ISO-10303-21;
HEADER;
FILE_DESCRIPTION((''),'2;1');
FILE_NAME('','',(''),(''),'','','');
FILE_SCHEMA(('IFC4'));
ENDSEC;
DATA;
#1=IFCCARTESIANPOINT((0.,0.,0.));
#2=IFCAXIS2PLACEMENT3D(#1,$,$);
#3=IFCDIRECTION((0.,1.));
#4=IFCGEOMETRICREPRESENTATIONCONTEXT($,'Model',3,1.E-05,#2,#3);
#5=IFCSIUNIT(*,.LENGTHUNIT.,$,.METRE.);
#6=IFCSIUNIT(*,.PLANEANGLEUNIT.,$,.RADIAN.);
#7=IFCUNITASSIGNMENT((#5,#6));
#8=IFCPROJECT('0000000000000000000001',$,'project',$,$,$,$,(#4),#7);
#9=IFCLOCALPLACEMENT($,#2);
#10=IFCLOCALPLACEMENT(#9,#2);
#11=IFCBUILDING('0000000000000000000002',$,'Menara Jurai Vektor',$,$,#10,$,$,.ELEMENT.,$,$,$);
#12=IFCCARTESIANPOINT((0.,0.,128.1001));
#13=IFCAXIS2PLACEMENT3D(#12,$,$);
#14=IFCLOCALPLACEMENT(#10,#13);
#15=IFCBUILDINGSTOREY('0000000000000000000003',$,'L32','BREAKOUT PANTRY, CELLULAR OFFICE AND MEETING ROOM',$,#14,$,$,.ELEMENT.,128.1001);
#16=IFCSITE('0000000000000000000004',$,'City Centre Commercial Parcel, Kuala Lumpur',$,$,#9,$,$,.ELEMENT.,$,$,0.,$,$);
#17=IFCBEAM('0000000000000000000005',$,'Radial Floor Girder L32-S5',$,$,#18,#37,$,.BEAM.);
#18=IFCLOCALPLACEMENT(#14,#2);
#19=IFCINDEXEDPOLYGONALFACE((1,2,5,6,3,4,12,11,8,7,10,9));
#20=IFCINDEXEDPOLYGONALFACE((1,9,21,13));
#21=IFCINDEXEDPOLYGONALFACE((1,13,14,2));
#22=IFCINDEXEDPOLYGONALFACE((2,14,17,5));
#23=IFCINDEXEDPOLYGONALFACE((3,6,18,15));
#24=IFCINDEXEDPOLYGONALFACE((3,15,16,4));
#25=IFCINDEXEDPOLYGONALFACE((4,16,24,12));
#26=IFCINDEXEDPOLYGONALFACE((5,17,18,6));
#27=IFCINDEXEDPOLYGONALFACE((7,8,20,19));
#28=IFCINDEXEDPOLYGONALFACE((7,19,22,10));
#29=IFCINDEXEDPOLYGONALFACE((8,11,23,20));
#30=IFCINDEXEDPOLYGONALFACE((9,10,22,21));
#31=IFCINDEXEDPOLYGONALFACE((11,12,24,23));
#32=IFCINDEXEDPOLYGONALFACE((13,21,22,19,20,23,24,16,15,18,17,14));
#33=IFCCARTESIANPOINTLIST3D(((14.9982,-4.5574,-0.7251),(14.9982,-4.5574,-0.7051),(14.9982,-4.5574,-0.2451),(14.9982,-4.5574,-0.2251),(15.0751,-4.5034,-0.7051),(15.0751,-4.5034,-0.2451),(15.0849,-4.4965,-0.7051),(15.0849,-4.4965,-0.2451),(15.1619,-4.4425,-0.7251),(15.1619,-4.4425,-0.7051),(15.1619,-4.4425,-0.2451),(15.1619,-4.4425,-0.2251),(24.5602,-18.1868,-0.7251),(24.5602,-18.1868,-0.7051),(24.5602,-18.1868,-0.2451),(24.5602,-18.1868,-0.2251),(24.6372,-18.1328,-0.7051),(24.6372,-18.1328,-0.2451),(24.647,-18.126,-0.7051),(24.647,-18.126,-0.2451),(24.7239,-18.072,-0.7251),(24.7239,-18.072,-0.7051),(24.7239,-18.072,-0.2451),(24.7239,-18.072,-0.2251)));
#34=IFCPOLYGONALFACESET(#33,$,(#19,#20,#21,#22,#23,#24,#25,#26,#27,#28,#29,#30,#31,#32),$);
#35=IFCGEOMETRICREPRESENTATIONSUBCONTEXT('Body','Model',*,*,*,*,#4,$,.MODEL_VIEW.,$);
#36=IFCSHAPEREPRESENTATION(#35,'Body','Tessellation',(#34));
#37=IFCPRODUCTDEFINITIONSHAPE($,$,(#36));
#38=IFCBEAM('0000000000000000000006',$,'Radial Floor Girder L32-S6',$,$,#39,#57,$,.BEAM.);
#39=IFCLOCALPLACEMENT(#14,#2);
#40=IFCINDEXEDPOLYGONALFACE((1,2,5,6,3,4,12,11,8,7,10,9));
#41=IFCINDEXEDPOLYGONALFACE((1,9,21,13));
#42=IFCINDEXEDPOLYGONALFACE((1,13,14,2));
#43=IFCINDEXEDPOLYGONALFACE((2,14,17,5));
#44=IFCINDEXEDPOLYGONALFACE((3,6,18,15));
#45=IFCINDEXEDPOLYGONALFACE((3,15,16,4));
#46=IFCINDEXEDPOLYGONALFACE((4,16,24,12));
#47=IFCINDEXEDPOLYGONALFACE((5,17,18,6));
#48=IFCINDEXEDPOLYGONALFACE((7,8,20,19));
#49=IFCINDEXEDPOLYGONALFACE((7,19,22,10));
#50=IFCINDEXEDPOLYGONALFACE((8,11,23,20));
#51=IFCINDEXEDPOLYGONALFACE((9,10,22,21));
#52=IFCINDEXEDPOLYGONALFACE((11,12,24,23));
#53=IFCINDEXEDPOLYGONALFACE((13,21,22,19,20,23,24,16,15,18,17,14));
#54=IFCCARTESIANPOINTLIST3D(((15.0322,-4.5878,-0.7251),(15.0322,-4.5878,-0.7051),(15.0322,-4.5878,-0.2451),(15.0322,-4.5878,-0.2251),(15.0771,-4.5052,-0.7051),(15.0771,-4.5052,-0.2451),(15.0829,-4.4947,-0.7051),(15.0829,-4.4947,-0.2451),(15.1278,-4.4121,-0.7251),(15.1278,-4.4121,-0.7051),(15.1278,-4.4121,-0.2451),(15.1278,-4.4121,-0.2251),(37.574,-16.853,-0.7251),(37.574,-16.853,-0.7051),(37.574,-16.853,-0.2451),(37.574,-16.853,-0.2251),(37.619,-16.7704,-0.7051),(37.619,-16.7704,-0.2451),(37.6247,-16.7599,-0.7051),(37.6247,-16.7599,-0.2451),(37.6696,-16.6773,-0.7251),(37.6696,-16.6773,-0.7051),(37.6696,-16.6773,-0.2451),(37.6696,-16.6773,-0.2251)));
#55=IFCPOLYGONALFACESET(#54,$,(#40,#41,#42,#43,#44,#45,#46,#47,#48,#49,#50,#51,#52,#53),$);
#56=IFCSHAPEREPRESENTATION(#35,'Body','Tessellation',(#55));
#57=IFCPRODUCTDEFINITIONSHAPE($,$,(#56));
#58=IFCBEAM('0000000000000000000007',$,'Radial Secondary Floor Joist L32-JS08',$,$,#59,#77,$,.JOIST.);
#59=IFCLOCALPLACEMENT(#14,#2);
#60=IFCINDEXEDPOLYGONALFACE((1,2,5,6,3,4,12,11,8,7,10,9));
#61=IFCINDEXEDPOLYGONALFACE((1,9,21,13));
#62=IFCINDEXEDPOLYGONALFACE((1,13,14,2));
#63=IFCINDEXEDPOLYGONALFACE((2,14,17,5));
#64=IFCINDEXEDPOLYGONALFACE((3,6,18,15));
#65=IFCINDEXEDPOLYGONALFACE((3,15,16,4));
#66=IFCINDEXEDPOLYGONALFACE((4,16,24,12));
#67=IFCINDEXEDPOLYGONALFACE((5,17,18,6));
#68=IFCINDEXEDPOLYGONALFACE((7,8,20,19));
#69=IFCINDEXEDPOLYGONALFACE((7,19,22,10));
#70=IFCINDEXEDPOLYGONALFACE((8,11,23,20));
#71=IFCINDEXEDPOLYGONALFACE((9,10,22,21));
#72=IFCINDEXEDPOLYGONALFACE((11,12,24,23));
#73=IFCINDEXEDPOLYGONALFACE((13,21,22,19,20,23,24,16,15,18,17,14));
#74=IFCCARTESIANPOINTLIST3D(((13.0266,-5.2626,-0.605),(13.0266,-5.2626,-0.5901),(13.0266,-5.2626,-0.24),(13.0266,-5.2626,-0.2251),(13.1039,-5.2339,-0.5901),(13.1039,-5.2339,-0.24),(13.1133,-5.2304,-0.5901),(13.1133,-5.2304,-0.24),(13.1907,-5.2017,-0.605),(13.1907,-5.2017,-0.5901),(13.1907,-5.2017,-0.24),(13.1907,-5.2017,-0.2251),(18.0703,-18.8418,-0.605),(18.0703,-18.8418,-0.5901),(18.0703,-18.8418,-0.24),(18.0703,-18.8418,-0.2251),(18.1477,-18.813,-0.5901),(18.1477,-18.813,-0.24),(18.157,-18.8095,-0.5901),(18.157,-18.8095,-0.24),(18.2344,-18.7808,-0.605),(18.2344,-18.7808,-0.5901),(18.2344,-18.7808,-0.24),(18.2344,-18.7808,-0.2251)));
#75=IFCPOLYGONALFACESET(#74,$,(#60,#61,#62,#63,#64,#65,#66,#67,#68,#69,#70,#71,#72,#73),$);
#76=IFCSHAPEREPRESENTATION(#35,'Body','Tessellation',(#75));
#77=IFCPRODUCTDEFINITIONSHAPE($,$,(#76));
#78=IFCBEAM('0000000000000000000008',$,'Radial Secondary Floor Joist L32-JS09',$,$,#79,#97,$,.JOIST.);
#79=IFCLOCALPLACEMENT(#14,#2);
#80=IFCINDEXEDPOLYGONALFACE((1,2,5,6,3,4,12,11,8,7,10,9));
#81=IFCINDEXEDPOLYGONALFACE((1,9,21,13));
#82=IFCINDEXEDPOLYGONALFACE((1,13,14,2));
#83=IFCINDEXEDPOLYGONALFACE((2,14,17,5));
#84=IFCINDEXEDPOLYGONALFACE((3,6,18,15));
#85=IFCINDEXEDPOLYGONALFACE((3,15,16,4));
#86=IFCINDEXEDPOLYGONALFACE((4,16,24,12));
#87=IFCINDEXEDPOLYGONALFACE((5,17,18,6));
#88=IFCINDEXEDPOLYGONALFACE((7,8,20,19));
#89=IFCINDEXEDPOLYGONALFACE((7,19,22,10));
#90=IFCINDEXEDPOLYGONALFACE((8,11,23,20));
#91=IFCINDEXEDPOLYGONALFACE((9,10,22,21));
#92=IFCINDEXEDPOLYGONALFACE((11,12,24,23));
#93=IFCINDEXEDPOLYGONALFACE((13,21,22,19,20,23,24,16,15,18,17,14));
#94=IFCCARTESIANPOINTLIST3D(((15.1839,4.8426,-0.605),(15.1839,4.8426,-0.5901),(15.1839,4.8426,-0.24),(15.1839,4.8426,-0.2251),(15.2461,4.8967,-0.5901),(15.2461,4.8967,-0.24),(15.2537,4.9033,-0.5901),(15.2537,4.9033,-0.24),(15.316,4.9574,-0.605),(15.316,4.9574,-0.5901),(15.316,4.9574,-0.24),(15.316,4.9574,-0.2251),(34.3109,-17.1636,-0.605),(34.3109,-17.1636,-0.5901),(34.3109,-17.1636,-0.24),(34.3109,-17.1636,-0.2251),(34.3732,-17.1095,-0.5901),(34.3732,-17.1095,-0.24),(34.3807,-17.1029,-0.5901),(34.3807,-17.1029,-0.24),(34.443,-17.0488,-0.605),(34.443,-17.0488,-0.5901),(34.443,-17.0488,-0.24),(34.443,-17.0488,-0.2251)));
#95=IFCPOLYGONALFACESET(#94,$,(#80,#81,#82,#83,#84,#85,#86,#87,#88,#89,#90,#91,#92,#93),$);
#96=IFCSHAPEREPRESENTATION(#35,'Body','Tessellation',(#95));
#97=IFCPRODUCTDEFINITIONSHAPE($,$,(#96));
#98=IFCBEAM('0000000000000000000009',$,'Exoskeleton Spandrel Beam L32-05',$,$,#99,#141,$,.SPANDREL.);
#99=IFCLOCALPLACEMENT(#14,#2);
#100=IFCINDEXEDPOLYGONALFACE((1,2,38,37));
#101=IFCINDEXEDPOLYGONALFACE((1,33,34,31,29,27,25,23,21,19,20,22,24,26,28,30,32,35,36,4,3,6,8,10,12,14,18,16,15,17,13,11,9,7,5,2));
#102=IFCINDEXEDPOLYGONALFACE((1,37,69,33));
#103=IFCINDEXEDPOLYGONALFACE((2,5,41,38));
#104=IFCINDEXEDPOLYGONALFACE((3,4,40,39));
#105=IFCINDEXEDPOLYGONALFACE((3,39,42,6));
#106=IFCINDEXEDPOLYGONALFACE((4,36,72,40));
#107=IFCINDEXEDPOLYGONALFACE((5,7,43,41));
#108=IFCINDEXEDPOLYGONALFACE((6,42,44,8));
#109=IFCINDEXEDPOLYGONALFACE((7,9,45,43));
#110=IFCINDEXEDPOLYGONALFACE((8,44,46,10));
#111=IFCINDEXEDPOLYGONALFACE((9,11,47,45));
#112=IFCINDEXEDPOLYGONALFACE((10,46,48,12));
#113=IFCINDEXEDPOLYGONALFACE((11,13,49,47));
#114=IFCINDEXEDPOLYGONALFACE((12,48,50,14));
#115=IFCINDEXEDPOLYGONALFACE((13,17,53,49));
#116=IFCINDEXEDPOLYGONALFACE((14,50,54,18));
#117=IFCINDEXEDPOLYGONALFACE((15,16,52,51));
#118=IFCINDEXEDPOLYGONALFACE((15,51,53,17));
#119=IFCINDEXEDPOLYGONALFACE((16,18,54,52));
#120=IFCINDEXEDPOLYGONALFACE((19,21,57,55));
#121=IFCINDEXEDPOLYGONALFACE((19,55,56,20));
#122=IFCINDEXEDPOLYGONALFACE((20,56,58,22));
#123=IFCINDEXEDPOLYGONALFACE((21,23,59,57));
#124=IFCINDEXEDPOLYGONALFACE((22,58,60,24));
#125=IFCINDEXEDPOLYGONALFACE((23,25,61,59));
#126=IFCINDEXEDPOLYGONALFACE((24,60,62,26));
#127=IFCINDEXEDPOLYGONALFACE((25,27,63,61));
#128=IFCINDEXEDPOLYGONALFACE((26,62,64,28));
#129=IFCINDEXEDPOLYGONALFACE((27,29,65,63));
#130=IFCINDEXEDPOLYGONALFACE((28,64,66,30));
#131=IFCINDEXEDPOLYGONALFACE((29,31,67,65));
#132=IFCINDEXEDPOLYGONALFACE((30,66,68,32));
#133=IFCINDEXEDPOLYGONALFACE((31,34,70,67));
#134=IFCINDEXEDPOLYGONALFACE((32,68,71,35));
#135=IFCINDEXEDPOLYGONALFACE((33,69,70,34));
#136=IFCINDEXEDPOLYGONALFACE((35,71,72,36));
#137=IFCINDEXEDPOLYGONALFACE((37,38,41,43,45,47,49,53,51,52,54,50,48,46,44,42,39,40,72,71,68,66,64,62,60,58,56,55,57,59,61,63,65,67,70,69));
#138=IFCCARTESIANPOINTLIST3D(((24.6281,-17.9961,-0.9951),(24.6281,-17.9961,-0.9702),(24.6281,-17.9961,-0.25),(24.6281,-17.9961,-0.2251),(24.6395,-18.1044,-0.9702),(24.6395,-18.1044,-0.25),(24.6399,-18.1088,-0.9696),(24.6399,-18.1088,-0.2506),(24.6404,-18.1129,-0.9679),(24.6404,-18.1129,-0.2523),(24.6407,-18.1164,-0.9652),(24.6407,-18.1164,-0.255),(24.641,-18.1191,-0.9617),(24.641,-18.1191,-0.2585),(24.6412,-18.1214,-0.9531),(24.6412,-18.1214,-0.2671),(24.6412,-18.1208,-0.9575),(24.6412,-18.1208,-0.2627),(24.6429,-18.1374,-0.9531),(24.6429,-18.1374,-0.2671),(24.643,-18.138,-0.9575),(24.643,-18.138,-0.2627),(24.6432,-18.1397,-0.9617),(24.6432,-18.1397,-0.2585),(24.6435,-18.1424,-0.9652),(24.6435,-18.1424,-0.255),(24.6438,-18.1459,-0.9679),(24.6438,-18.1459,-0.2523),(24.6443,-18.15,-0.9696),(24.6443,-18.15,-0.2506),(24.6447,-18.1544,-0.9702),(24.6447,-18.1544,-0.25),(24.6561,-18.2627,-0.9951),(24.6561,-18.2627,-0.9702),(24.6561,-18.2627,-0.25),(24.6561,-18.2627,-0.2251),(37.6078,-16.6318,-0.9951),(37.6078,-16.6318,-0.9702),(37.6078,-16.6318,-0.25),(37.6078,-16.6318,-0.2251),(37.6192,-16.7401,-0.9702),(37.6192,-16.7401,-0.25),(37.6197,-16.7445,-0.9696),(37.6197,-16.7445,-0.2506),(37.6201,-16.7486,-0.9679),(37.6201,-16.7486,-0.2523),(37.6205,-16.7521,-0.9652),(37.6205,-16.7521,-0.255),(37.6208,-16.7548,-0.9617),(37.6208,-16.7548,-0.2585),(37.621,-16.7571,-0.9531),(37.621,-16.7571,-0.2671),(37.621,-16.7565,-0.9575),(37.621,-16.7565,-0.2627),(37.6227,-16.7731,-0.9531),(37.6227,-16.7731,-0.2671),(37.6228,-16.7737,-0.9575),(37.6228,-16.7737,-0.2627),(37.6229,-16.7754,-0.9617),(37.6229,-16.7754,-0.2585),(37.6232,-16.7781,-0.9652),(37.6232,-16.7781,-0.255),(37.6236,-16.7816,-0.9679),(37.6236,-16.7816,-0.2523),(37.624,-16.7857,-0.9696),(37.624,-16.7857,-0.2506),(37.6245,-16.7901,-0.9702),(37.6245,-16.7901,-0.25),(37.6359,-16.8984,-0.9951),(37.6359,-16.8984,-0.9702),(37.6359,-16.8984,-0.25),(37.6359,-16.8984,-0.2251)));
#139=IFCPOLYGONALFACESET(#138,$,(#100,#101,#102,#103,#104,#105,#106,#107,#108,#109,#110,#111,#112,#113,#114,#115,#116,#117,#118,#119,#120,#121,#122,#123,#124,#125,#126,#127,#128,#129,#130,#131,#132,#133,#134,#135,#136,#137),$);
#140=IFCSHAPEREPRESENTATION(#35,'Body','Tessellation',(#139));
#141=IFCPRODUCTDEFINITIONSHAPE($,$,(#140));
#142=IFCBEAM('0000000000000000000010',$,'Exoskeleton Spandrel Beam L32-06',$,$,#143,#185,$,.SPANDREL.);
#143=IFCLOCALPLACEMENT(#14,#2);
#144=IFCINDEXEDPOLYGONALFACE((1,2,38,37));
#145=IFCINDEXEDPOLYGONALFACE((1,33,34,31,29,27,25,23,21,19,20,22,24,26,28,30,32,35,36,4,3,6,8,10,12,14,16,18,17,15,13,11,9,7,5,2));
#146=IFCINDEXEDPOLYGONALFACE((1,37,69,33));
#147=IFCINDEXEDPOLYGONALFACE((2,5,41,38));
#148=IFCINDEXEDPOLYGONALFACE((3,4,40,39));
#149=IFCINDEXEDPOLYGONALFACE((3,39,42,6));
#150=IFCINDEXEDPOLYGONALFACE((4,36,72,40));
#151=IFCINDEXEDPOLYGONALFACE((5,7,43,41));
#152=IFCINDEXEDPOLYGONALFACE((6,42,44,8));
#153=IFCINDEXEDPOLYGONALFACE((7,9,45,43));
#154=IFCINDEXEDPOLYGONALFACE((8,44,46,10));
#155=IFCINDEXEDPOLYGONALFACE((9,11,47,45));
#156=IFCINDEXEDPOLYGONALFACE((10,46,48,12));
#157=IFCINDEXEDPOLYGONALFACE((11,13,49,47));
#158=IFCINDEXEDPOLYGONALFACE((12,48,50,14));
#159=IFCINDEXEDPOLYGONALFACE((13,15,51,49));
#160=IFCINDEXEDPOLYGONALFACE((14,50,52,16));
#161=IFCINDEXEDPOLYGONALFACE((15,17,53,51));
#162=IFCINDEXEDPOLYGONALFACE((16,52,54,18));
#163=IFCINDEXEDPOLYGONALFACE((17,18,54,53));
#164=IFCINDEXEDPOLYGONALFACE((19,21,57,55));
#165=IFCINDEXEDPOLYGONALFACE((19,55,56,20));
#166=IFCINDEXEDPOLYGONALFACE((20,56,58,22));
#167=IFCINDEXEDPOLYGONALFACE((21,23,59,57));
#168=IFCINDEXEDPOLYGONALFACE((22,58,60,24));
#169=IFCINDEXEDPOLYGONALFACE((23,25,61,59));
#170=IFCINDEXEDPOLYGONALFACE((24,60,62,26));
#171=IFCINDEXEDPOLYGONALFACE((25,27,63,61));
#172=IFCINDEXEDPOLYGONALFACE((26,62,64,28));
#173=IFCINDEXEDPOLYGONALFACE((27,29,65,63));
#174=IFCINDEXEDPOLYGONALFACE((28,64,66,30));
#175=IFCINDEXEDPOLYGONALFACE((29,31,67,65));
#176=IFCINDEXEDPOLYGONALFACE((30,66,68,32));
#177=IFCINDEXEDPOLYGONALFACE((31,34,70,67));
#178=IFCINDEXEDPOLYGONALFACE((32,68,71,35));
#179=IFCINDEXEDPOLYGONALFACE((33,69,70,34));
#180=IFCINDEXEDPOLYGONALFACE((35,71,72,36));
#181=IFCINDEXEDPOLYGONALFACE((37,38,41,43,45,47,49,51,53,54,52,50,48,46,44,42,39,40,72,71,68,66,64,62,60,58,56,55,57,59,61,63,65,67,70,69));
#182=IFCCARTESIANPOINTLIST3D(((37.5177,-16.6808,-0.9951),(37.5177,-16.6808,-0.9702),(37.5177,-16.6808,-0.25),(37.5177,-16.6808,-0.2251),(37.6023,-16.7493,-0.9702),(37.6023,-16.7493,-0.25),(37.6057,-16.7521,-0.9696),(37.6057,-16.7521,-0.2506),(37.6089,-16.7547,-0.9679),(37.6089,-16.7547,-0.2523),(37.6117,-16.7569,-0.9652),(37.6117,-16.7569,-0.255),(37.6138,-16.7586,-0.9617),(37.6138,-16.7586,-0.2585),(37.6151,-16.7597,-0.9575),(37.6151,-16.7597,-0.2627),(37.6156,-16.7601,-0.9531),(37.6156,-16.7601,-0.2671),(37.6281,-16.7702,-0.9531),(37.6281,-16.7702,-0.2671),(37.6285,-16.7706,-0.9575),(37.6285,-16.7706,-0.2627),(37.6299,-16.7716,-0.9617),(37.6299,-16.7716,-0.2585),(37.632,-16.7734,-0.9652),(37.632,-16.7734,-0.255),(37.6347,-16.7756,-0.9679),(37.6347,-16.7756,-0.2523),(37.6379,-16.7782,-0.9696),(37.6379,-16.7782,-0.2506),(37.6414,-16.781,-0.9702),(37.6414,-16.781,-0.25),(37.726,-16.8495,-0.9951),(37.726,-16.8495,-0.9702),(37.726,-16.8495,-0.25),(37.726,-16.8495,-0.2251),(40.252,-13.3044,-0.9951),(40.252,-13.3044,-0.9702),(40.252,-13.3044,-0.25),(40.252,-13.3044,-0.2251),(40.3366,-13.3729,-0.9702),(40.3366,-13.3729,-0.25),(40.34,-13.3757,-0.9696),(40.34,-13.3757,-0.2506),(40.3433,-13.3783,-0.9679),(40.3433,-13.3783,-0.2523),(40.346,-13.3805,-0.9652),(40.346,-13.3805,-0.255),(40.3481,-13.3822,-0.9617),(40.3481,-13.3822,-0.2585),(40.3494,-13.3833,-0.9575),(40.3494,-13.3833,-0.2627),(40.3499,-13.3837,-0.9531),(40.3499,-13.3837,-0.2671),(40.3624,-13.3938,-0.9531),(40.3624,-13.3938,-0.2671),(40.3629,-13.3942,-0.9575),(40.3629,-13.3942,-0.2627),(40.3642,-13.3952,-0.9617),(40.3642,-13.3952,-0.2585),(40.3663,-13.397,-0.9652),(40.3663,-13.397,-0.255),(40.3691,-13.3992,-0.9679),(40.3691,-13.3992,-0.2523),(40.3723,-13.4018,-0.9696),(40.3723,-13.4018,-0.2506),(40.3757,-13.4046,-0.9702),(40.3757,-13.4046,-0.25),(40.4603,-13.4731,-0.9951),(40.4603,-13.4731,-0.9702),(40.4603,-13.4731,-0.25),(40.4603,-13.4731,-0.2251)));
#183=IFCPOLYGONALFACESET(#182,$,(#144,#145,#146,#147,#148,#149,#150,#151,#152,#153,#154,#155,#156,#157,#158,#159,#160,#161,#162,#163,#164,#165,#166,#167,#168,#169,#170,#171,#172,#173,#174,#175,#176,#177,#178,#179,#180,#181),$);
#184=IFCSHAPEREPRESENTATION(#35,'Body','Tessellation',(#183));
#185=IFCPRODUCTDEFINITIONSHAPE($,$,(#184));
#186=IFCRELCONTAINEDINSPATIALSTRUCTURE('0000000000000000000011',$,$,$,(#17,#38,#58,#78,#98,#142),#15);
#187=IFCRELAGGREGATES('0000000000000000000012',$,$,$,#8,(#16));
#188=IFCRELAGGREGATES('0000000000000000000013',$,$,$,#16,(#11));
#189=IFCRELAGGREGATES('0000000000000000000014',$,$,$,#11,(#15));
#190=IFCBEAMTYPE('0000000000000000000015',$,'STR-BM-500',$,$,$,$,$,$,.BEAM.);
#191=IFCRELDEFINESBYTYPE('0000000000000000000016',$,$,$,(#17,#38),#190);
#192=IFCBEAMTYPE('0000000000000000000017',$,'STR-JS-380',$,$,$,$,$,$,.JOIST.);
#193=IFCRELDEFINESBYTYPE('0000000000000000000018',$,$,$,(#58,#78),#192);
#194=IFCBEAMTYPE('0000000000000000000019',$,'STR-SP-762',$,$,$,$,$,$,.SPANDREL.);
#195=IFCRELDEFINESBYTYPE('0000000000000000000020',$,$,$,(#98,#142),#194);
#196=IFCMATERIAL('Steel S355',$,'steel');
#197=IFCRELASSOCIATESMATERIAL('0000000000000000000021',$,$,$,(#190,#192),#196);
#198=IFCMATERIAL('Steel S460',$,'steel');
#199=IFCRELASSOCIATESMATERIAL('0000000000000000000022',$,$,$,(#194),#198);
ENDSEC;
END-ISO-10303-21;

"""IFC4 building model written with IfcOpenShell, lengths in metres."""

from ifc_helpers import new_model, si_unit, direction, frame, origin, origin_2d, place, context, subcontext, project, spatial, i_section, extrude, material, material_profile, profile_set, type_object, element, save


model = new_model("IFC4")

# Units and contexts
model_context = context("Model", 3, precision=1e-05, world=origin(), true_north=direction((0.0, 1.0)))
body_context = subcontext(model_context, "Body", "Model", "MODEL_VIEW")
ifc_project = project(units=[si_unit("LENGTHUNIT", "METRE"), si_unit("PLANEANGLEUNIT", "RADIAN")], contexts=[model_context])

# Site, building, storey
site_placement = place(None, origin())
site = spatial("IfcSite", under=ifc_project, at=site_placement, Name="City Centre Commercial Parcel, Kuala Lumpur", CompositionType="ELEMENT", RefElevation=0.0)
building_placement = place(site_placement, origin())
building = spatial("IfcBuilding", under=site, at=building_placement, Name="Menara Jurai Vektor", CompositionType="ELEMENT")
storey_placement = place(building_placement, frame((0.0, 0.0, 128.1001)))
storey = spatial("IfcBuildingStorey", under=building, at=storey_placement, Name="L32", Description="BREAKOUT PANTRY, CELLULAR OFFICE AND MEETING ROOM", CompositionType="ELEMENT", Elevation=128.1001)

# Shared definitions
ifc_material_1 = material(Name="Steel S460", Category="steel")

# Beams
ifc_material_2 = material(Name="Steel S355", Category="steel")
ifc_material_profile_1 = material_profile(ifc_material_2, i_section(OverallWidth=0.2, OverallDepth=0.5, WebThickness=0.012, FlangeThickness=0.02, at=origin_2d()), Name="PG 500x200x96")
ifc_profile_set_1 = profile_set([ifc_material_profile_1], Name="Steel S355")
beam_type_1 = type_object("IfcBeamType", Name="STR-BM-500", PredefinedType="BEAM", material=ifc_profile_set_1)
beam_1_placement = place(storey_placement, frame((24.6421, -18.1294, -0.4751), z_axis=(-0.574326, 0.818627, 0.0), x_axis=(-0.818627, -0.574326, 0.0)))
element("IfcBeam", 1, at=beam_1_placement, inside=storey, type_object=beam_type_1, Name="Radial Floor Girder L32-S5", PredefinedType="BEAM", context=body_context, shape_type="SweptSolid", body=[
    extrude(i_section(OverallWidth=0.2, OverallDepth=0.5, WebThickness=0.012, FlangeThickness=0.02, at=origin_2d()), origin(), (0.0, 0.0, 1.0), 16.6492),
])
beam_2_placement = place(storey_placement, frame((37.6218, -16.7651, -0.4751), z_axis=(-0.878392, 0.47794, 0.0), x_axis=(-0.47794, -0.878392, 0.0)))
element("IfcBeam", 2, at=beam_2_placement, inside=storey, type_object=beam_type_1, Name="Radial Floor Girder L32-S6", PredefinedType="BEAM", context=body_context, shape_type="SweptSolid", body=[
    extrude(i_section(OverallWidth=0.2, OverallDepth=0.5, WebThickness=0.012, FlangeThickness=0.02, at=origin_2d()), origin(), (0.0, 0.0, 1.0), 25.6626),
])
ifc_material_profile_2 = material_profile(ifc_material_2, i_section(OverallWidth=0.175, OverallDepth=0.3799, WebThickness=0.01, FlangeThickness=0.0149, at=origin_2d()), Name="PG 380x175x58")
ifc_profile_set_2 = profile_set([ifc_material_profile_2], Name="Steel S355")
beam_type_2 = type_object("IfcBeamType", Name="STR-JS-380", PredefinedType="JOIST", material=ifc_profile_set_2)
beam_3_placement = place(storey_placement, frame((18.1523, -18.8113, -0.415), z_axis=(-0.348189, 0.937424, 0.0), x_axis=(-0.937424, -0.348189, 0.0)))
element("IfcBeam", 3, at=beam_3_placement, inside=storey, type_object=beam_type_2, Name="Radial Secondary Floor Joist L32-JS08", PredefinedType="JOIST", context=body_context, shape_type="SweptSolid", body=[
    extrude(i_section(OverallWidth=0.175, OverallDepth=0.3799, WebThickness=0.01, FlangeThickness=0.0149, at=origin_2d()), origin(), (0.0, 0.0, 1.0), 14.4856),
])
beam_4_placement = place(storey_placement, frame((34.377, -17.1062, -0.415), z_axis=(-0.656007, 0.754755, 0.0), x_axis=(-0.754755, -0.656007, 0.0)))
element("IfcBeam", 4, at=beam_4_placement, inside=storey, type_object=beam_type_2, Name="Radial Secondary Floor Joist L32-JS09", PredefinedType="JOIST", context=body_context, shape_type="SweptSolid", body=[
    extrude(i_section(OverallWidth=0.175, OverallDepth=0.3799, WebThickness=0.01, FlangeThickness=0.0149, at=origin_2d()), origin(), (0.0, 0.0, 1.0), 29.1567),
])
ifc_material_profile_3 = material_profile(ifc_material_1, i_section(OverallWidth=0.2681, OverallDepth=0.77, WebThickness=0.0161, FlangeThickness=0.0249, FilletRadius=0.0171, at=origin_2d()), Name="UKB 762x267x197")
ifc_profile_set_3 = profile_set([ifc_material_profile_3], Name="Steel S460")
beam_type_3 = type_object("IfcBeamType", Name="STR-SP-762", PredefinedType="SPANDREL", material=ifc_profile_set_3)
beam_5_placement = place(storey_placement, frame((24.6421, -18.1294, -0.6101), z_axis=(0.994522, 0.104531, 0.0), x_axis=(-0.104531, 0.994522, 0.0)))
element("IfcBeam", 5, at=beam_5_placement, inside=storey, type_object=beam_type_3, Name="Exoskeleton Spandrel Beam L32-05", PredefinedType="SPANDREL", context=body_context, shape_type="SweptSolid", body=[
    extrude(i_section(OverallWidth=0.2681, OverallDepth=0.77, WebThickness=0.0161, FlangeThickness=0.0249, FilletRadius=0.0171, at=origin_2d()), origin(), (0.0, 0.0, 1.0), 13.0513),
])
beam_6_placement = place(storey_placement, frame((37.6218, -16.7651, -0.6101), z_axis=(0.629344, 0.777127, 0.0), x_axis=(-0.777127, 0.629344, 0.0)))
element("IfcBeam", 6, at=beam_6_placement, inside=storey, type_object=beam_type_3, Name="Exoskeleton Spandrel Beam L32-06", PredefinedType="SPANDREL", context=body_context, shape_type="SweptSolid", body=[
    extrude(i_section(OverallWidth=0.2681, OverallDepth=0.77, WebThickness=0.0161, FlangeThickness=0.0249, FilletRadius=0.0171, at=origin_2d()), origin(), (0.0, 0.0, 1.0), 4.3447),
])

save(model, "model.ifc")
